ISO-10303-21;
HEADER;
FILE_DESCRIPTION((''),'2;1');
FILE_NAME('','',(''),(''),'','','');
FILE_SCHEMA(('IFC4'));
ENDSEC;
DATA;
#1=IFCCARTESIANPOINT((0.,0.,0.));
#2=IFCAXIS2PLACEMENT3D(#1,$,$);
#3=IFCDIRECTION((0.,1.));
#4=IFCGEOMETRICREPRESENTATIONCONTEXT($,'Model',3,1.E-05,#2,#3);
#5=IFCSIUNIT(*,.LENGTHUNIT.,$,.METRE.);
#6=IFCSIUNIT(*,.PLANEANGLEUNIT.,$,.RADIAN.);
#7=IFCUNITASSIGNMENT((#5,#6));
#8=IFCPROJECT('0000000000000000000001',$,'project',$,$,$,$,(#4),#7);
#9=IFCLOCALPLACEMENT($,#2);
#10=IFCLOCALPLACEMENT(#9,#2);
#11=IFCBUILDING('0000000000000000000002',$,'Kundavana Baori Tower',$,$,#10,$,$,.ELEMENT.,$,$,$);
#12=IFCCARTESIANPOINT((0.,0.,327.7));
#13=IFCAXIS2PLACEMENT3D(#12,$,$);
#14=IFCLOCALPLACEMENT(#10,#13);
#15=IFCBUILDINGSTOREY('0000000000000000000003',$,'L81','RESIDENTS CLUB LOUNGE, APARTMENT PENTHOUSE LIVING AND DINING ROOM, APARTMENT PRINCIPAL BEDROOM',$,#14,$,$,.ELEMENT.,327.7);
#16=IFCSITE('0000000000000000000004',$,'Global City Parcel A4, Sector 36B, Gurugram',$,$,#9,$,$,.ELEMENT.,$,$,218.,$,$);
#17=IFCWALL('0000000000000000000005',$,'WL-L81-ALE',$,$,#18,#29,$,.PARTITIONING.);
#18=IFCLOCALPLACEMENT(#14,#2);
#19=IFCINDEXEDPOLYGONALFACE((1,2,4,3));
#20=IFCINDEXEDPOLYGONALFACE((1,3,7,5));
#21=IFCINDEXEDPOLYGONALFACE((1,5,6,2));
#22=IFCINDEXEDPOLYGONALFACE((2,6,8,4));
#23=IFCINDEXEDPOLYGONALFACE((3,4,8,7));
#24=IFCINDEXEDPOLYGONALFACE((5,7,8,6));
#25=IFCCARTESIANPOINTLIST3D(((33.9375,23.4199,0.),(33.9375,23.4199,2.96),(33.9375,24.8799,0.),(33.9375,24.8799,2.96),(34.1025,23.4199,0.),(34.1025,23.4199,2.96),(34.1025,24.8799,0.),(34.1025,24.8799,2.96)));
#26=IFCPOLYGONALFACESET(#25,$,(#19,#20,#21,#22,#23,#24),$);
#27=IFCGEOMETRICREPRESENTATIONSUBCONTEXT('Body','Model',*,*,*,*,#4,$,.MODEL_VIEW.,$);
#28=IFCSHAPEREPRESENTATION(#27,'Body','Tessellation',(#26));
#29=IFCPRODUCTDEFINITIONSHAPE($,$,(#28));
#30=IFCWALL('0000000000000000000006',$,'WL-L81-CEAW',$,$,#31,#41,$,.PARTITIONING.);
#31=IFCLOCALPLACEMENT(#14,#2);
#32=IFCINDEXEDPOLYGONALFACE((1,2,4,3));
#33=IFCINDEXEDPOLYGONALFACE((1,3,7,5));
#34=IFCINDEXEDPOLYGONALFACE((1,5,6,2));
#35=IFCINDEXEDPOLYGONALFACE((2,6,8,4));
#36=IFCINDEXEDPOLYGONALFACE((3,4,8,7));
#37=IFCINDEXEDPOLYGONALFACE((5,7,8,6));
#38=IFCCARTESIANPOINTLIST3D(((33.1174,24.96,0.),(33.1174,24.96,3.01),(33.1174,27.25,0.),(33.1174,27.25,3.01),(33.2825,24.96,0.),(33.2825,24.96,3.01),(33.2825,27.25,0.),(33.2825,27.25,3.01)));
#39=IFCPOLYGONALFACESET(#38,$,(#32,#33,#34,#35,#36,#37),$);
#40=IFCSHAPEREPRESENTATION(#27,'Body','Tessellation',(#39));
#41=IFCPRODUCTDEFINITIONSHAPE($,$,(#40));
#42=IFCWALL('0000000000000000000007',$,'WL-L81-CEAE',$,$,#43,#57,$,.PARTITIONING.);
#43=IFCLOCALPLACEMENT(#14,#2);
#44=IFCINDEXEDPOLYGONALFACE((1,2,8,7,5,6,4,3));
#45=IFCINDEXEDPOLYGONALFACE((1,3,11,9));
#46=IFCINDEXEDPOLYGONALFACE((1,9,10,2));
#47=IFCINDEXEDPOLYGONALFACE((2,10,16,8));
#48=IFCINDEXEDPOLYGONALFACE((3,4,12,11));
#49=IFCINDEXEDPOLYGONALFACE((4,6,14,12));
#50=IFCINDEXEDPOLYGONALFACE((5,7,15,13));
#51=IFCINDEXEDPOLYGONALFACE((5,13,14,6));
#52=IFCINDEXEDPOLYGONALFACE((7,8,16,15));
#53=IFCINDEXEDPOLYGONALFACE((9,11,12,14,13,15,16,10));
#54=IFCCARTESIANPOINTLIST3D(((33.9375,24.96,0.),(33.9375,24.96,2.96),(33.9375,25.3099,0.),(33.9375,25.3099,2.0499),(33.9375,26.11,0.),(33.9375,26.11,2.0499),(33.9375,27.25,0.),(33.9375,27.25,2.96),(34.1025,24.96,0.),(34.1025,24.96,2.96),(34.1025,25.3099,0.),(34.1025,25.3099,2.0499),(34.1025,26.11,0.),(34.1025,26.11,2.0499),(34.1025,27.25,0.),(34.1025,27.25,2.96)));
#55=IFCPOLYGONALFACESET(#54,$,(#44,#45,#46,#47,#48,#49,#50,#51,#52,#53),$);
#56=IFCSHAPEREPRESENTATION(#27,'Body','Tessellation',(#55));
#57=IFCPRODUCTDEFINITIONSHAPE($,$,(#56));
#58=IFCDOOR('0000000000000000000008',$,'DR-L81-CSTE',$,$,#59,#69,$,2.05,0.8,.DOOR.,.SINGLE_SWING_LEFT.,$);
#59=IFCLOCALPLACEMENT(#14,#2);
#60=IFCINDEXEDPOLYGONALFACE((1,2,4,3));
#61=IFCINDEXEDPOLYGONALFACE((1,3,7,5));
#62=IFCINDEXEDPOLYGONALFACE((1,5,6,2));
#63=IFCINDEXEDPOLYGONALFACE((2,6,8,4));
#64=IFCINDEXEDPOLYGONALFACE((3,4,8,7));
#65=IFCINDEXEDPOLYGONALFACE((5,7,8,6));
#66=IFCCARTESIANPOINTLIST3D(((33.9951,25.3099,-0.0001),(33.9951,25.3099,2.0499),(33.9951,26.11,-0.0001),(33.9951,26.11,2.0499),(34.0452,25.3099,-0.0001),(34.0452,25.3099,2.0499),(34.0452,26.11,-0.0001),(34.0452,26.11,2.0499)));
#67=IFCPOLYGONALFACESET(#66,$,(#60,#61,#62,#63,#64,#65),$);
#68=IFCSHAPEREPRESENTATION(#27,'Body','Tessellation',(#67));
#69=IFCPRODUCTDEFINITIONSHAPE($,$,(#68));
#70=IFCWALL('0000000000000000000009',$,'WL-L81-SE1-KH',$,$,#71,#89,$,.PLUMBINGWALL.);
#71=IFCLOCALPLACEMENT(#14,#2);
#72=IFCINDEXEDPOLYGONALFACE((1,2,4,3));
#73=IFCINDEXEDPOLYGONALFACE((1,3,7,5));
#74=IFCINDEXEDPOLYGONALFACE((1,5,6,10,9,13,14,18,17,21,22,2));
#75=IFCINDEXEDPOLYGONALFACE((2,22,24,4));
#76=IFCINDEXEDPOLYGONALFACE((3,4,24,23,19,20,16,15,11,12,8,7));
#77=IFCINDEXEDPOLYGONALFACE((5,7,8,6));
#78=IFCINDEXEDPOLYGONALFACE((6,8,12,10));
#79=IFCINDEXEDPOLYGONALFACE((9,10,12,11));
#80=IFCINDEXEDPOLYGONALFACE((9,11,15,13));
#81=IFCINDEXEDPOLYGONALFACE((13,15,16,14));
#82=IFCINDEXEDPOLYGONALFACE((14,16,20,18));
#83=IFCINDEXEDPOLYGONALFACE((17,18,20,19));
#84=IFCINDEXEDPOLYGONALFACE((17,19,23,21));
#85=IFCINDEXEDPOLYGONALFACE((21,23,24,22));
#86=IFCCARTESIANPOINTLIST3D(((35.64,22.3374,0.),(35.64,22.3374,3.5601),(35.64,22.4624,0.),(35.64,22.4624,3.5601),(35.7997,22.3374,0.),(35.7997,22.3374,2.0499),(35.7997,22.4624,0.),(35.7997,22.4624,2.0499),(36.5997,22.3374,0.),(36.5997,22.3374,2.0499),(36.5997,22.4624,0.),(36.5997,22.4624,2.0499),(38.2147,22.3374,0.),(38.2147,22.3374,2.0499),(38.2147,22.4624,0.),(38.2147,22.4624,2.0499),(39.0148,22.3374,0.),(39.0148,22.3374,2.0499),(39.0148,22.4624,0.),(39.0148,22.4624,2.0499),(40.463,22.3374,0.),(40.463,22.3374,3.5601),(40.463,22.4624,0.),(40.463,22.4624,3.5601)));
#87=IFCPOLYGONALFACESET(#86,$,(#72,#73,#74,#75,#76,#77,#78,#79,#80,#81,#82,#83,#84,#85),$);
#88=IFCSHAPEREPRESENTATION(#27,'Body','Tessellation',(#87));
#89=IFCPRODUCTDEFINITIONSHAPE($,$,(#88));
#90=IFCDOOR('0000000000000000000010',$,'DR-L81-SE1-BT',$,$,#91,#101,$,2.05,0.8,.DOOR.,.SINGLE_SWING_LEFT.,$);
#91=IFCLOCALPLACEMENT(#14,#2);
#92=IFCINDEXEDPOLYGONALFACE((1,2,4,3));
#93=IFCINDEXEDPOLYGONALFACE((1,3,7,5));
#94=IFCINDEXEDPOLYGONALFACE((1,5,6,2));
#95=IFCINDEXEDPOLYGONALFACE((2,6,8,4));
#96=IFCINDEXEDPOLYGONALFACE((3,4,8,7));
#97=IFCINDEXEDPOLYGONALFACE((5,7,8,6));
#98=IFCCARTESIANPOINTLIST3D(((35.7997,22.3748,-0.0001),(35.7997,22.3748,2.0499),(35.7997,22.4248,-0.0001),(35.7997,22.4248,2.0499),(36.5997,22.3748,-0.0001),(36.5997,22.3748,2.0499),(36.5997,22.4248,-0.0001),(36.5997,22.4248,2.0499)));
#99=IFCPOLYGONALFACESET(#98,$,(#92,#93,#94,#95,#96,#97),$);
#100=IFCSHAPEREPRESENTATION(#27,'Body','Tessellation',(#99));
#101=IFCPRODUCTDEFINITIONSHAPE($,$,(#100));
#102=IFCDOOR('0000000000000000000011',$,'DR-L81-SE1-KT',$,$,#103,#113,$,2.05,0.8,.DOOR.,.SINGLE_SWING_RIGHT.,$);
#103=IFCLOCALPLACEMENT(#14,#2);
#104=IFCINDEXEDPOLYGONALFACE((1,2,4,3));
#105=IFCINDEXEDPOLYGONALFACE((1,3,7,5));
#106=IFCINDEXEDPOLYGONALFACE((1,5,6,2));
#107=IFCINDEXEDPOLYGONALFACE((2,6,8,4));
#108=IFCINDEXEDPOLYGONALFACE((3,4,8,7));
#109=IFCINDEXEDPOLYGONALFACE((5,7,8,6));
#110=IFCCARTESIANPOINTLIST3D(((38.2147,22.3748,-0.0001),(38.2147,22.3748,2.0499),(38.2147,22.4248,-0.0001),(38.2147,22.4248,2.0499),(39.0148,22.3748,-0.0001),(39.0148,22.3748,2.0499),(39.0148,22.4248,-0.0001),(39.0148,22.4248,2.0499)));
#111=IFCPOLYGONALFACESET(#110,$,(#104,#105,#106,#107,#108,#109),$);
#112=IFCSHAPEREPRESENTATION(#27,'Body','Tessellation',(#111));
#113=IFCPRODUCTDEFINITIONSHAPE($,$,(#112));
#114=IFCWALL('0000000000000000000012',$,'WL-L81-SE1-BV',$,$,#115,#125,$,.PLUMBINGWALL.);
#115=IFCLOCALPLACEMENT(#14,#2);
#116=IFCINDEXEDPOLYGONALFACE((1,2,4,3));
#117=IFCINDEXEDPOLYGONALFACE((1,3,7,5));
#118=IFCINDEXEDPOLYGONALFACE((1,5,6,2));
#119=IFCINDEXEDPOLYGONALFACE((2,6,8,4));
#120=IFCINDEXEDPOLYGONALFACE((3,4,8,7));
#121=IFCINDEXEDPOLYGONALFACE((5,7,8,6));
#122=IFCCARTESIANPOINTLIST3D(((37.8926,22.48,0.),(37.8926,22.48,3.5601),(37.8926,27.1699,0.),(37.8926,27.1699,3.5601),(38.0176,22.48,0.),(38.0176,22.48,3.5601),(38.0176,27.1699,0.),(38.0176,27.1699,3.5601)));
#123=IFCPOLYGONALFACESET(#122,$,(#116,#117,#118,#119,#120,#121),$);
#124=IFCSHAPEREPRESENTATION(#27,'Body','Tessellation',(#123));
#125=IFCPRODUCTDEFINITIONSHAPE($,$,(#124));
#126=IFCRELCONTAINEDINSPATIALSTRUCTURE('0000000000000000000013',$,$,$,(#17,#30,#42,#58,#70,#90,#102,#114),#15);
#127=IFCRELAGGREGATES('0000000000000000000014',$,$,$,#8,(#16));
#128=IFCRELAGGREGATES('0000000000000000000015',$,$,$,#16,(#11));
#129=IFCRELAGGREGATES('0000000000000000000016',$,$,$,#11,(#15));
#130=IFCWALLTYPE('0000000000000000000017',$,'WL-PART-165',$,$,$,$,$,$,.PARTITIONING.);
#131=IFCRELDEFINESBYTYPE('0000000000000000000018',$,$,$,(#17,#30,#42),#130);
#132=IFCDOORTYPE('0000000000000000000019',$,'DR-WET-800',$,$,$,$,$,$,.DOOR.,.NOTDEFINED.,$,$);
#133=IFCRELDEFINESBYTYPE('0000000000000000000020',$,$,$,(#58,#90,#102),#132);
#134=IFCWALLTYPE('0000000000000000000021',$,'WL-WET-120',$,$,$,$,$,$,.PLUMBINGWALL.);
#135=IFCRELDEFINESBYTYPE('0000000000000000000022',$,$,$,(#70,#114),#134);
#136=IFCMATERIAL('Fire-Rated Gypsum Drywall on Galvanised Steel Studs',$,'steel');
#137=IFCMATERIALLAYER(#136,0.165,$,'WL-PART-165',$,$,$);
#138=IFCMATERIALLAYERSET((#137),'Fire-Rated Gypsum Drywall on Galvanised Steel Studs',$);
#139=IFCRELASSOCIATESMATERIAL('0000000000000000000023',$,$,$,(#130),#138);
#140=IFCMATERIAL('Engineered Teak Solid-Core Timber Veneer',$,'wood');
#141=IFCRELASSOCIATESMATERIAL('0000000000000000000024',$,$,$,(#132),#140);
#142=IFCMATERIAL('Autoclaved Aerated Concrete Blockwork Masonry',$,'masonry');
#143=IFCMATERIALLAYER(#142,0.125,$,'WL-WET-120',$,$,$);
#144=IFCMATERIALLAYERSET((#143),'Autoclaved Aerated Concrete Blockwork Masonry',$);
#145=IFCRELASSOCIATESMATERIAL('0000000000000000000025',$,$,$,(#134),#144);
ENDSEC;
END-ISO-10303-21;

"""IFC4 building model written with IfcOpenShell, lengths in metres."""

from ifc_helpers import new_model, si_unit, direction, frame, frame_2d, origin, place, context, subcontext, project, spatial, rectangle, extrude, material, layer, layer_set, type_object, element, fill, save


model = new_model("IFC4")

# Units and contexts
model_context = context("Model", 3, precision=1e-05, world=origin(), true_north=direction((0.0, 1.0)))
body_context = subcontext(model_context, "Body", "Model", "MODEL_VIEW")
ifc_project = project(units=[si_unit("LENGTHUNIT", "METRE"), si_unit("PLANEANGLEUNIT", "RADIAN")], contexts=[model_context])

# Site, building, storey
site_placement = place(None, origin())
site = spatial("IfcSite", under=ifc_project, at=site_placement, Name="Global City Parcel A4, Sector 36B, Gurugram", CompositionType="ELEMENT", RefElevation=218.0)
building_placement = place(site_placement, origin())
building = spatial("IfcBuilding", under=site, at=building_placement, Name="Kundavana Baori Tower", CompositionType="ELEMENT")
storey_placement = place(building_placement, frame((0.0, 0.0, 327.7)))
storey = spatial("IfcBuildingStorey", under=building, at=storey_placement, Name="L81", Description="RESIDENTS CLUB LOUNGE, APARTMENT PENTHOUSE LIVING AND DINING ROOM, APARTMENT PRINCIPAL BEDROOM", CompositionType="ELEMENT", Elevation=327.7)

# Walls
ifc_material_1 = material(Name="Fire-Rated Gypsum Drywall on Galvanised Steel Studs", Category="steel")
ifc_layer_1 = layer(ifc_material_1, 0.165, Name="WL-PART-165")
ifc_layer_set_1 = layer_set([ifc_layer_1], Name="Fire-Rated Gypsum Drywall on Galvanised Steel Studs")
wall_type_1 = type_object("IfcWallType", Name="WL-PART-165", PredefinedType="PARTITIONING", material=ifc_layer_set_1)
wall_1_placement = place(storey_placement, frame((34.02, 23.4199, 0.0), z_axis=(0.0, 0.0, 1.0), x_axis=(0.0, 1.0, 0.0)))
element("IfcWall", 1, at=wall_1_placement, inside=storey, type_object=wall_type_1, Name="WL-L81-ALE", PredefinedType="PARTITIONING", context=body_context, shape_type="SweptSolid", body=[
    extrude(rectangle(XDim=1.46, YDim=0.165, at=frame_2d((0.73, 0.0))), origin(), (0.0, 0.0, 1.0), 2.96),
])
wall_2_placement = place(storey_placement, frame((33.2, 24.96, 0.0), z_axis=(0.0, 0.0, 1.0), x_axis=(0.0, 1.0, 0.0)))
element("IfcWall", 2, at=wall_2_placement, inside=storey, type_object=wall_type_1, Name="WL-L81-CEAW", PredefinedType="PARTITIONING", context=body_context, shape_type="SweptSolid", body=[
    extrude(rectangle(XDim=2.29, YDim=0.165, at=frame_2d((1.145, 0.0))), origin(), (0.0, 0.0, 1.0), 3.01),
])

# Wall, opening, door
wall_3_placement = place(storey_placement, frame((34.02, 24.96, 0.0), z_axis=(0.0, 0.0, 1.0), x_axis=(0.0, 1.0, 0.0)))
wall_3 = element("IfcWall", 3, at=wall_3_placement, inside=storey, type_object=wall_type_1, Name="WL-L81-CEAE", PredefinedType="PARTITIONING", context=body_context, shape_type="SweptSolid", body=[
    extrude(rectangle(XDim=2.29, YDim=0.165, at=frame_2d((1.145, 0.0))), origin(), (0.0, 0.0, 1.0), 2.96),
])
opening_1_placement = place(wall_3_placement, frame((0.3501, 0.0, 0.0)))
opening_1 = element("IfcOpeningElement", 4, at=opening_1_placement, cuts=wall_3, PredefinedType="OPENING", context=body_context, shape_type="SweptSolid", body=[
    extrude(rectangle(XDim=0.8, YDim=2.05, at=frame_2d((0.3999, 1.0249))), frame((0.0, 0.0925, 0.0), z_axis=(0.0, -1.0, 0.0), x_axis=(1.0, 0.0, 0.0)), (0.0, 0.0, 1.0), 0.1851),
])
ifc_material_2 = material(Name="Engineered Teak Solid-Core Timber Veneer", Category="wood")
door_type = type_object("IfcDoorType", Name="DR-WET-800", OperationType="NOTDEFINED", PredefinedType="DOOR", material=ifc_material_2)
door_1_placement = place(opening_1_placement, origin())
door_1 = element("IfcDoor", 5, at=door_1_placement, inside=storey, type_object=door_type, Name="DR-L81-CSTE", OperationType="SINGLE_SWING_LEFT", OverallHeight=2.05, OverallWidth=0.8, PredefinedType="DOOR", context=body_context, shape_type="SweptSolid", body=[
    extrude(rectangle(XDim=0.8, YDim=2.05, at=frame_2d((0.3999, 1.0249))), frame((0.0, 0.0249, 0.0), z_axis=(0.0, -1.0, 0.0), x_axis=(1.0, 0.0, 0.0)), (0.0, 0.0, 1.0), 0.05),
])
fill(opening_1, door_1)

# Wall, openings, doors
ifc_material_3 = material(Name="Autoclaved Aerated Concrete Blockwork Masonry", Category="masonry")
ifc_layer_2 = layer(ifc_material_3, 0.125, Name="WL-WET-120")
ifc_layer_set_2 = layer_set([ifc_layer_2], Name="Autoclaved Aerated Concrete Blockwork Masonry")
wall_type_2 = type_object("IfcWallType", Name="WL-WET-120", PredefinedType="PLUMBINGWALL", material=ifc_layer_set_2)
wall_4_placement = place(storey_placement, frame((35.6399, 22.3999, 0.0), z_axis=(0.0, 0.0, 1.0), x_axis=(1.0, 0.0, 0.0)))
wall_4 = element("IfcWall", 6, at=wall_4_placement, inside=storey, type_object=wall_type_2, Name="WL-L81-SE1-KH", PredefinedType="PLUMBINGWALL", context=body_context, shape_type="SweptSolid", body=[
    extrude(rectangle(XDim=4.823, YDim=0.125, at=frame_2d((2.4116, 0.0))), origin(), (0.0, 0.0, 1.0), 3.5601),
])
opening_2_placement = place(wall_4_placement, frame((0.1599, 0.0, 0.0)))
opening_2 = element("IfcOpeningElement", 7, at=opening_2_placement, cuts=wall_4, PredefinedType="OPENING", context=body_context, shape_type="SweptSolid", body=[
    extrude(rectangle(XDim=0.8, YDim=2.05, at=frame_2d((0.3999, 1.0249))), frame((0.0, 0.0725, 0.0), z_axis=(0.0, -1.0, 0.0), x_axis=(1.0, 0.0, 0.0)), (0.0, 0.0, 1.0), 0.145),
])
opening_3_placement = place(wall_4_placement, frame((2.575, 0.0, 0.0)))
opening_3 = element("IfcOpeningElement", 8, at=opening_3_placement, cuts=wall_4, PredefinedType="OPENING", context=body_context, shape_type="SweptSolid", body=[
    extrude(rectangle(XDim=0.8, YDim=2.05, at=frame_2d((0.3999, 1.0249))), frame((0.0, 0.0725, 0.0), z_axis=(0.0, -1.0, 0.0), x_axis=(1.0, 0.0, 0.0)), (0.0, 0.0, 1.0), 0.145),
])
door_2_placement = place(opening_2_placement, origin())
door_2 = element("IfcDoor", 9, at=door_2_placement, inside=storey, type_object=door_type, Name="DR-L81-SE1-BT", OperationType="SINGLE_SWING_LEFT", OverallHeight=2.05, OverallWidth=0.8, PredefinedType="DOOR", context=body_context, shape_type="SweptSolid", body=[
    extrude(rectangle(XDim=0.8, YDim=2.05, at=frame_2d((0.3999, 1.0249))), frame((0.0, 0.0249, 0.0), z_axis=(0.0, -1.0, 0.0), x_axis=(1.0, 0.0, 0.0)), (0.0, 0.0, 1.0), 0.05),
])
fill(opening_2, door_2)
door_3_placement = place(opening_3_placement, origin())
door_3 = element("IfcDoor", 10, at=door_3_placement, inside=storey, type_object=door_type, Name="DR-L81-SE1-KT", OperationType="SINGLE_SWING_RIGHT", OverallHeight=2.05, OverallWidth=0.8, PredefinedType="DOOR", context=body_context, shape_type="SweptSolid", body=[
    extrude(rectangle(XDim=0.8, YDim=2.05, at=frame_2d((0.3999, 1.0249))), frame((0.0, 0.0249, 0.0), z_axis=(0.0, -1.0, 0.0), x_axis=(1.0, 0.0, 0.0)), (0.0, 0.0, 1.0), 0.05),
])
fill(opening_3, door_3)

# Wall
wall_5_placement = place(storey_placement, frame((37.9551, 22.48, 0.0), z_axis=(0.0, 0.0, 1.0), x_axis=(0.0, 1.0, 0.0)))
element("IfcWall", 11, at=wall_5_placement, inside=storey, type_object=wall_type_2, Name="WL-L81-SE1-BV", PredefinedType="PLUMBINGWALL", context=body_context, shape_type="SweptSolid", body=[
    extrude(rectangle(XDim=4.6899, YDim=0.125, at=frame_2d((2.345, 0.0))), origin(), (0.0, 0.0, 1.0), 3.5601),
])

save(model, "model.ifc")
